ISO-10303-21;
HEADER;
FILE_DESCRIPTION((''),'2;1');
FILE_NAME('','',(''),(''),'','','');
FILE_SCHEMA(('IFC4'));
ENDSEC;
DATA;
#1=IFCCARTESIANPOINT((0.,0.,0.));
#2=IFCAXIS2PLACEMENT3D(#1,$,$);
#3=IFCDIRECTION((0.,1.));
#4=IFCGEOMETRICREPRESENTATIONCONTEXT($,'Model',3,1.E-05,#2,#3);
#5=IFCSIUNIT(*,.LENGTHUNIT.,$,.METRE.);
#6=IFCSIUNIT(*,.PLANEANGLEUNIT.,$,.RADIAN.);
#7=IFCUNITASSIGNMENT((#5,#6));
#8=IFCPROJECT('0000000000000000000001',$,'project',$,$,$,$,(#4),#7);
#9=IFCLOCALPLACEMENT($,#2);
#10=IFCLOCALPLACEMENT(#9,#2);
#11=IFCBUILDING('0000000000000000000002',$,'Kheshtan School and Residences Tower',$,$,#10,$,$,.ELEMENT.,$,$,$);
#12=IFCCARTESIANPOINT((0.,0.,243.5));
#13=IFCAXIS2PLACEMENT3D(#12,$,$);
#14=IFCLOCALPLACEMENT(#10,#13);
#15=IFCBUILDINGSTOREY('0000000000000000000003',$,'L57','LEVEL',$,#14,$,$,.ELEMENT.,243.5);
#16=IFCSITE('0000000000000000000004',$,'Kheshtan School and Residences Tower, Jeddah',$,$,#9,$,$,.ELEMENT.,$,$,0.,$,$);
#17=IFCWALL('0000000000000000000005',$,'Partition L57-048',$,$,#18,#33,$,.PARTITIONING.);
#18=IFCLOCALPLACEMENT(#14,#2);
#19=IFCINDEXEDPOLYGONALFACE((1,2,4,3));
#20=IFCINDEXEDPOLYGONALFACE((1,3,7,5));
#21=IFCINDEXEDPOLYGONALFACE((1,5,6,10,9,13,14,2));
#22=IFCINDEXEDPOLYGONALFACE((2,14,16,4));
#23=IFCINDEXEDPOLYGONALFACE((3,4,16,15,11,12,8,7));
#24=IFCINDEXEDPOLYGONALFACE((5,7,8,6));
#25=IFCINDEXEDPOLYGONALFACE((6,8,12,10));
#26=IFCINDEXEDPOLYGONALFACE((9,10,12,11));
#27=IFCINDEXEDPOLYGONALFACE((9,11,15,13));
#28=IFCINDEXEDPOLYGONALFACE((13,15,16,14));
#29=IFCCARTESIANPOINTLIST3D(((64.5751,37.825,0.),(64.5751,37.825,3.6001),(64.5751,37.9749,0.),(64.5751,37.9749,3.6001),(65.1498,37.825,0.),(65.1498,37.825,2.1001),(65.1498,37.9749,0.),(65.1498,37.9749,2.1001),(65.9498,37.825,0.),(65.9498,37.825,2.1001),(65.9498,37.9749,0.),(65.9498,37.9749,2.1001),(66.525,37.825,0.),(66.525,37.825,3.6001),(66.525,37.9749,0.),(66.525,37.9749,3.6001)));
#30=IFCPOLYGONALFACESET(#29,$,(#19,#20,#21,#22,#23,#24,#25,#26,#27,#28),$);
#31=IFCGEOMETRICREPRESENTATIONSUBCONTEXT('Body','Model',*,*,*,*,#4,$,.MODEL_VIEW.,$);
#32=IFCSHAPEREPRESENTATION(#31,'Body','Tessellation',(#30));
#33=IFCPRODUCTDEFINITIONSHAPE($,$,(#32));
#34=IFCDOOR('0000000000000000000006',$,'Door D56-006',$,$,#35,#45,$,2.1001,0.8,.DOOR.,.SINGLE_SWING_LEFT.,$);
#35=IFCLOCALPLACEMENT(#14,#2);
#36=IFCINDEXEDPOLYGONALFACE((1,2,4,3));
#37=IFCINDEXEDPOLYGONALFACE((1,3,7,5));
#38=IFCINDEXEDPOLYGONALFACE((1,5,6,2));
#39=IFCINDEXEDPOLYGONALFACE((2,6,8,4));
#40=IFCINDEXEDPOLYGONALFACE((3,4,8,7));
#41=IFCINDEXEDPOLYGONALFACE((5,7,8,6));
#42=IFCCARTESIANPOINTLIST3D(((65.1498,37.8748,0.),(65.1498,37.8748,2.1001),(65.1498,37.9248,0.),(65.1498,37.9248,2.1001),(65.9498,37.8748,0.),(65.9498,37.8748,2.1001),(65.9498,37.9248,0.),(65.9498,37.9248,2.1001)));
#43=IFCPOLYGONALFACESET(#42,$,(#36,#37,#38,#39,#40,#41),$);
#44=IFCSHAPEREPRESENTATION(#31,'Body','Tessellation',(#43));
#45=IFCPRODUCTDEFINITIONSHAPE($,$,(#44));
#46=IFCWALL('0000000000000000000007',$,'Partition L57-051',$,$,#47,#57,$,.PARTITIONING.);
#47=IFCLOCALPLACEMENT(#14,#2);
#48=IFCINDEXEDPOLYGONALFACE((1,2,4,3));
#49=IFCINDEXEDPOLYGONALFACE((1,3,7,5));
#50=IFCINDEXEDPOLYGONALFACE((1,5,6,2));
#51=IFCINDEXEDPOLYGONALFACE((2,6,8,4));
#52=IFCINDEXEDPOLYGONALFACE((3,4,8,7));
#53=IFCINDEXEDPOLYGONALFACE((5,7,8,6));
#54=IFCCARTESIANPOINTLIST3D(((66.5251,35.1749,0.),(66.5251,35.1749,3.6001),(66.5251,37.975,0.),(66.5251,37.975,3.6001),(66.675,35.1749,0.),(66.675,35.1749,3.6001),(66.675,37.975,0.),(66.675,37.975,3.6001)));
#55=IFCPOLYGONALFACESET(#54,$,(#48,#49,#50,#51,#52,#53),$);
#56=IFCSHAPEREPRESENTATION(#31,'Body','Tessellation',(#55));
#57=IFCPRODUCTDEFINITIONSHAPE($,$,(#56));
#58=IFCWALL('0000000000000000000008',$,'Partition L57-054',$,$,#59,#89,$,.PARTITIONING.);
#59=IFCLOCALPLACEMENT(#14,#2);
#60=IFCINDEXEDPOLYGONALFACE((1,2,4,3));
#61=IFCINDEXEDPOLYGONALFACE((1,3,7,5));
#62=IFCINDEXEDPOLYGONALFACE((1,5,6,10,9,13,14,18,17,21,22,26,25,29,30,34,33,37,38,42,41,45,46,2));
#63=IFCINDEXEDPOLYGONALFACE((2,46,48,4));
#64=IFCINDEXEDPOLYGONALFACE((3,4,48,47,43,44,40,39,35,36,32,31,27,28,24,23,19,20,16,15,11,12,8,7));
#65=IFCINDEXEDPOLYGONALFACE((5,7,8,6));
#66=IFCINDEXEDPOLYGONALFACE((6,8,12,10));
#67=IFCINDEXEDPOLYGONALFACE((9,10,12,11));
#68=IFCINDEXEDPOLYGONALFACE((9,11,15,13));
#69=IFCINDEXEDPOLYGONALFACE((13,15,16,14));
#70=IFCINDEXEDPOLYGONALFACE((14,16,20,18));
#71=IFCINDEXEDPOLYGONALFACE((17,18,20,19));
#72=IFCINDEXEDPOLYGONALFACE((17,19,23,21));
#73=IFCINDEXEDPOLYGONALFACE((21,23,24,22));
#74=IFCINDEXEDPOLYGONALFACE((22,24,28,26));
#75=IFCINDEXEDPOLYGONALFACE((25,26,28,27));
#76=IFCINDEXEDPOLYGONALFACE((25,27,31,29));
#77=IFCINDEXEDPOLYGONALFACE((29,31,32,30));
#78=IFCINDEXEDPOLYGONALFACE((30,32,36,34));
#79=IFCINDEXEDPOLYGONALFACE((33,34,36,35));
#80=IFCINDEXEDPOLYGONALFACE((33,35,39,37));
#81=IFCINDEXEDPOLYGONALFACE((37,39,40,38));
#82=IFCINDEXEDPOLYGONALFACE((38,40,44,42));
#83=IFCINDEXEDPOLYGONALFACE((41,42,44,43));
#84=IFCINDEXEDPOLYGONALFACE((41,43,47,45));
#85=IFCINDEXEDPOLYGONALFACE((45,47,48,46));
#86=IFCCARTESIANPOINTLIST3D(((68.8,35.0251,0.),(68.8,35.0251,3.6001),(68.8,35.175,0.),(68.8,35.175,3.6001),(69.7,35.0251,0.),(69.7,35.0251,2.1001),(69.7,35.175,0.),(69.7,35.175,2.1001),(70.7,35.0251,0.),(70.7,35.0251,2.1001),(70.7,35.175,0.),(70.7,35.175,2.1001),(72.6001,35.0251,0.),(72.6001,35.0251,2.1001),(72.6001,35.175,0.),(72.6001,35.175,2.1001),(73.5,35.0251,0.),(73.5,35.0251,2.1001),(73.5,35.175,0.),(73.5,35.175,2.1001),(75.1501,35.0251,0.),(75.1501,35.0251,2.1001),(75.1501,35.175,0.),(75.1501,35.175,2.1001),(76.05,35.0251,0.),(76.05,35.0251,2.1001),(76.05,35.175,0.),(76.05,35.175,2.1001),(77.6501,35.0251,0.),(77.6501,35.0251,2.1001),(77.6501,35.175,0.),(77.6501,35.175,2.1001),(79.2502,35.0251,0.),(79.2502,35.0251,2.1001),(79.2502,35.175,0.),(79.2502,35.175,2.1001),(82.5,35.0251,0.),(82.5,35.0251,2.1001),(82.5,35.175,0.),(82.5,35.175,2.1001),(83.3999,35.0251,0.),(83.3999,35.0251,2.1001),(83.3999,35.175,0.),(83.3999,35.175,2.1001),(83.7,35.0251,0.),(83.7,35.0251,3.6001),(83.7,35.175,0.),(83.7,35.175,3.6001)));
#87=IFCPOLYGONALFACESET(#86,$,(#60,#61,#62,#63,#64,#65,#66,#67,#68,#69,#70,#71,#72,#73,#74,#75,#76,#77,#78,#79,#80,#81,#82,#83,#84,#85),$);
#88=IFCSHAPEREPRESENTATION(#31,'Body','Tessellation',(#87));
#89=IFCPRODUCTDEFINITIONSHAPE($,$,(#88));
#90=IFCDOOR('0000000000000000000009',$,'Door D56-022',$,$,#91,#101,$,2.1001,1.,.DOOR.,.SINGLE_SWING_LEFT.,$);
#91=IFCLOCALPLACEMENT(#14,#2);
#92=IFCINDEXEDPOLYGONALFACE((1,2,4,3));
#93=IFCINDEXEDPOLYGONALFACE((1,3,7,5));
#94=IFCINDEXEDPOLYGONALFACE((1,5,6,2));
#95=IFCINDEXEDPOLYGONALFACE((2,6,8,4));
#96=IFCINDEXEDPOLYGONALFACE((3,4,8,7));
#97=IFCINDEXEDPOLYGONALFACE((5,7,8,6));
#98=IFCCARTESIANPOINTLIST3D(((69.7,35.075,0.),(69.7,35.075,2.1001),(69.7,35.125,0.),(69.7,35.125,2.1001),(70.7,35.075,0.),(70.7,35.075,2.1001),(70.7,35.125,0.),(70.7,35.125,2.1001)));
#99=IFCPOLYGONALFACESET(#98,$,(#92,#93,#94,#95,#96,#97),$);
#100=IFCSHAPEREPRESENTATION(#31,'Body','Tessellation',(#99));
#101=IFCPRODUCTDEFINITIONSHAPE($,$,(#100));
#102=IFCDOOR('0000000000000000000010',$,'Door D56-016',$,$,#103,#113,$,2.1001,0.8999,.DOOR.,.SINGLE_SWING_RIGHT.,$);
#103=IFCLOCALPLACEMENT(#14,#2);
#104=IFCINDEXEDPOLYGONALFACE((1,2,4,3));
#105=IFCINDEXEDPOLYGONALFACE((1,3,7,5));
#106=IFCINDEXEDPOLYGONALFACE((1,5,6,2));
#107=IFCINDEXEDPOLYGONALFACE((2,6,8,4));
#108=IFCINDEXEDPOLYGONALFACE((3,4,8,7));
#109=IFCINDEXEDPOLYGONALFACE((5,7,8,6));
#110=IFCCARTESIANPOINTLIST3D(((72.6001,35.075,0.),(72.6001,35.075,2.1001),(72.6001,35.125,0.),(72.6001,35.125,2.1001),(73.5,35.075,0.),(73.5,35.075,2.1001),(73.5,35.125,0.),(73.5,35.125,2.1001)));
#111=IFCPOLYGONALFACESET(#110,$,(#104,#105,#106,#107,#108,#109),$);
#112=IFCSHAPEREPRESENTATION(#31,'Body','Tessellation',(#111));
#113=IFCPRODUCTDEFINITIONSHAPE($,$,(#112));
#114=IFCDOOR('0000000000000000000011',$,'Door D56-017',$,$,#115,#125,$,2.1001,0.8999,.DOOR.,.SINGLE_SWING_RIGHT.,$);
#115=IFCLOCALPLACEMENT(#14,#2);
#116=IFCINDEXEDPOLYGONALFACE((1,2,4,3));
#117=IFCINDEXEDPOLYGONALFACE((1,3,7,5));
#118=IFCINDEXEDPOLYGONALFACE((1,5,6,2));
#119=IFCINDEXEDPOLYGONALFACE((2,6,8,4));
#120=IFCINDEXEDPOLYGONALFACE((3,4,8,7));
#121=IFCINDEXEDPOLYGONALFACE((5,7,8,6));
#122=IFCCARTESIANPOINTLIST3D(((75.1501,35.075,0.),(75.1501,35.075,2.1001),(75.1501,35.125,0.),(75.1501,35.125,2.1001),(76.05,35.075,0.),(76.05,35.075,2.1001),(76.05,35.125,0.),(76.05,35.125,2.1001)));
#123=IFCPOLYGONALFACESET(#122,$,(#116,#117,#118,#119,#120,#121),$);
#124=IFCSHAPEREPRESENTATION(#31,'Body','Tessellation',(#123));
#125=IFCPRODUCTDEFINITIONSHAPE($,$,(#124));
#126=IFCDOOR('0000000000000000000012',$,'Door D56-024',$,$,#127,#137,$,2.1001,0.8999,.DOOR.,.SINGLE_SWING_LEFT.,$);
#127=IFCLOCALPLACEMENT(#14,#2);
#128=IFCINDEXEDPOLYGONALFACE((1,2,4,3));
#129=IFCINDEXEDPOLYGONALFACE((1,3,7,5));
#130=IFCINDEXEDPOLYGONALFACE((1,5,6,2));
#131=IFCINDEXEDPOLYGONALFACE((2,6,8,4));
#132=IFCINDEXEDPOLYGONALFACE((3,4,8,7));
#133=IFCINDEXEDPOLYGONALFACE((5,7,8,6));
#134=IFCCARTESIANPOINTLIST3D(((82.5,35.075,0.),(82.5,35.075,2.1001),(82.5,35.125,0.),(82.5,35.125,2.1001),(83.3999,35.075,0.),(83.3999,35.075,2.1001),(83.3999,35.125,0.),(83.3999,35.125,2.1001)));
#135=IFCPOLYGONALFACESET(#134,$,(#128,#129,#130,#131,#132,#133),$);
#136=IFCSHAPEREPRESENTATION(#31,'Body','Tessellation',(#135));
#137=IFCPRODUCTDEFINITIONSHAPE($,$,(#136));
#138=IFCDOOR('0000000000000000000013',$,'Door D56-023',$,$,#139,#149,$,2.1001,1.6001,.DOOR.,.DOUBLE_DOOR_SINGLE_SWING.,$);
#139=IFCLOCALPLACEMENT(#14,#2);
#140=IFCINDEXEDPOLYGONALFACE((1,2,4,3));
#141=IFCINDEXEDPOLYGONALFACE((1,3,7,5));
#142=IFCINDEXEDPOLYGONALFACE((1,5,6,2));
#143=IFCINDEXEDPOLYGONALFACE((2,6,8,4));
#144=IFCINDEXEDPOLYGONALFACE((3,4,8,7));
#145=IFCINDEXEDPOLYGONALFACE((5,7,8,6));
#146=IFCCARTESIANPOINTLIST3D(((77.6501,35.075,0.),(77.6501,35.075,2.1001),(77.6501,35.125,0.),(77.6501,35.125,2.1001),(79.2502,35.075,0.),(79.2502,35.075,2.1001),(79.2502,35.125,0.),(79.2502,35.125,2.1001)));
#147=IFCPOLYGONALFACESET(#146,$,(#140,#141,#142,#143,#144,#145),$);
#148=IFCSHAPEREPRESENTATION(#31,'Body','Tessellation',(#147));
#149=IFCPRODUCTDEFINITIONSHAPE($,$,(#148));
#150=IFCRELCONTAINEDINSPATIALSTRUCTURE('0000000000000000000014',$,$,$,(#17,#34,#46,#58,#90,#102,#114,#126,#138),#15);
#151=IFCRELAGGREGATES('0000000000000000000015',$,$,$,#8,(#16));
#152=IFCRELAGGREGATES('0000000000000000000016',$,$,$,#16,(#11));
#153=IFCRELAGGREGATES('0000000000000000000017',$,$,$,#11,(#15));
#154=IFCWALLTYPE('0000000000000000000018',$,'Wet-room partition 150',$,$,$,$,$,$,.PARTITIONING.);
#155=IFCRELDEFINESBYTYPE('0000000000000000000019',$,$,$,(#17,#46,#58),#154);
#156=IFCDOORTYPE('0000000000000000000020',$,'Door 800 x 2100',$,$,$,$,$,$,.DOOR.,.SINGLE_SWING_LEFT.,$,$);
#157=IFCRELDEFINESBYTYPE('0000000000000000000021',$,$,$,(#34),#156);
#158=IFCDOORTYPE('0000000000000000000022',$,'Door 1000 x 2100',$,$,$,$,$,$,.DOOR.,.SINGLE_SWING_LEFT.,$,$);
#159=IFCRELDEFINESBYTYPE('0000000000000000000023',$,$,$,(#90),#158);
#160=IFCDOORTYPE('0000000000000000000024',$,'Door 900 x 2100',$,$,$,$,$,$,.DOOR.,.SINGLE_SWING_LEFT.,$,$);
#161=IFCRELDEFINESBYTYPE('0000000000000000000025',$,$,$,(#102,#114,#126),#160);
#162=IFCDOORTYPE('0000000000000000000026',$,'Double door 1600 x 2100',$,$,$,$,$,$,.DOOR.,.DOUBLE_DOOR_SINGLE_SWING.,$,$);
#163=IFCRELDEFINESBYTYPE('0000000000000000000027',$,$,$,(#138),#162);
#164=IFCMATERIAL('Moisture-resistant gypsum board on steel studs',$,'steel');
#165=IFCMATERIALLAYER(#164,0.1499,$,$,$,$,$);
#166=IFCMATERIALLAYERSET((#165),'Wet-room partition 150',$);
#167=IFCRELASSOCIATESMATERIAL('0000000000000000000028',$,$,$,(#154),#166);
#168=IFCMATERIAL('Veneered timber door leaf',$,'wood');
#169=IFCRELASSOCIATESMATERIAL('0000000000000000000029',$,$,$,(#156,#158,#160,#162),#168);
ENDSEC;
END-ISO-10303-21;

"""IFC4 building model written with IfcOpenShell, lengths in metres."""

from ifc_helpers import new_model, si_unit, direction, frame, frame_2d, origin, place, context, subcontext, project, spatial, rectangle, extrude, source, transform, mapped, material, layer, layer_set, type_object, element, fill, save


model = new_model("IFC4")

# Units and contexts
model_context = context("Model", 3, precision=1e-05, world=origin(), true_north=direction((0.0, 1.0)))
body_context = subcontext(model_context, "Body", "Model", "MODEL_VIEW")
ifc_project = project(units=[si_unit("LENGTHUNIT", "METRE"), si_unit("PLANEANGLEUNIT", "RADIAN")], contexts=[model_context])

# Site, building, storey
site_placement = place(None, origin())
site = spatial("IfcSite", under=ifc_project, at=site_placement, Name="Kheshtan School and Residences Tower, Jeddah", CompositionType="ELEMENT", RefElevation=0.0)
building_placement = place(site_placement, origin())
building = spatial("IfcBuilding", under=site, at=building_placement, Name="Kheshtan School and Residences Tower", CompositionType="ELEMENT")
storey_placement = place(building_placement, frame((0.0, 0.0, 243.5)))
storey = spatial("IfcBuildingStorey", under=building, at=storey_placement, Name="L57", Description="LEVEL", CompositionType="ELEMENT", Elevation=243.5)

# Shared definitions
ifc_material_1 = material(Name="Moisture-resistant gypsum board on steel studs", Category="steel")
ifc_layer_1 = layer(ifc_material_1, 0.1499)
ifc_layer_set_1 = layer_set([ifc_layer_1], Name="Wet-room partition 150")
wall_type_1 = type_object("IfcWallType", Name="Wet-room partition 150", PredefinedType="PARTITIONING", material=ifc_layer_set_1)

# Wall, opening, door
wall_1_placement = place(storey_placement, frame((64.575, 37.8999, 0.0), z_axis=(0.0, 0.0, 1.0), x_axis=(1.0, 0.0, 0.0)))
wall_1 = element("IfcWall", 1, at=wall_1_placement, inside=storey, type_object=wall_type_1, Name="Partition L57-048", PredefinedType="PARTITIONING", context=body_context, shape_type="SweptSolid", body=[
    extrude(rectangle(XDim=1.95, YDim=0.1499, at=frame_2d((0.9751, 0.0))), origin(), (0.0, 0.0, 1.0), 3.6001),
])
opening_1_placement = place(wall_1_placement, frame((0.575, 0.0, 0.0)))
opening_1 = element("IfcOpeningElement", 2, at=opening_1_placement, cuts=wall_1, PredefinedType="OPENING", context=body_context, shape_type="SweptSolid", body=[
    extrude(rectangle(XDim=0.8, YDim=2.1001, at=frame_2d((0.3999, 1.05))), frame((0.0, 0.085, 0.0), z_axis=(0.0, -1.0, 0.0), x_axis=(1.0, 0.0, 0.0)), (0.0, 0.0, 1.0), 0.1699),
])
ifc_material_2 = material(Name="Veneered timber door leaf", Category="wood")
door_type_1 = type_object("IfcDoorType", Name="Door 800 x 2100", OperationType="SINGLE_SWING_LEFT", PredefinedType="DOOR", material=ifc_material_2)
shared_shape_1 = source(origin(), body_context, "Body", "SweptSolid", [
    extrude(rectangle(XDim=0.8, YDim=2.1001, at=frame_2d((0.3999, 1.05))), frame((0.0, 0.0249, 0.0), z_axis=(0.0, -1.0, 0.0), x_axis=(1.0, 0.0, 0.0)), (0.0, 0.0, 1.0), 0.05),
])
door_1_placement = place(opening_1_placement, origin())
door_1 = element("IfcDoor", 3, at=door_1_placement, inside=storey, type_object=door_type_1, Name="Door D56-006", OperationType="SINGLE_SWING_LEFT", OverallHeight=2.1001, OverallWidth=0.8, PredefinedType="DOOR", context=body_context, shape_type="MappedRepresentation", body=[
    mapped(shared_shape_1, transform((0.0, 0.0, 0.0), x_axis=(1.0, 0.0, 0.0), y_axis=(0.0, 1.0, 0.0), z_axis=(0.0, 0.0, 1.0), scale=1.0)),
])
fill(opening_1, door_1)

# Wall
wall_2_placement = place(storey_placement, frame((66.6001, 35.175, 0.0), z_axis=(0.0, 0.0, 1.0), x_axis=(0.0, 1.0, 0.0)))
element("IfcWall", 4, at=wall_2_placement, inside=storey, type_object=wall_type_1, Name="Partition L57-051", PredefinedType="PARTITIONING", context=body_context, shape_type="SweptSolid", body=[
    extrude(rectangle(XDim=2.8, YDim=0.1499, at=frame_2d((1.3999, 0.0))), origin(), (0.0, 0.0, 1.0), 3.6001),
])

# Wall, openings, doors
wall_3_placement = place(storey_placement, frame((68.8, 35.1001, 0.0), z_axis=(0.0, 0.0, 1.0), x_axis=(1.0, 0.0, 0.0)))
wall_3 = element("IfcWall", 5, at=wall_3_placement, inside=storey, type_object=wall_type_1, Name="Partition L57-054", PredefinedType="PARTITIONING", context=body_context, shape_type="SweptSolid", body=[
    extrude(rectangle(XDim=14.8999, YDim=0.1499, at=frame_2d((7.45, 0.0))), origin(), (0.0, 0.0, 1.0), 3.6001),
])
opening_2_placement = place(wall_3_placement, frame((3.8, 0.0, 0.0)))
opening_2 = element("IfcOpeningElement", 6, at=opening_2_placement, cuts=wall_3, PredefinedType="OPENING", context=body_context, shape_type="SweptSolid", body=[
    extrude(rectangle(XDim=0.8999, YDim=2.1001, at=frame_2d((0.45, 1.05))), frame((0.0, 0.085, 0.0), z_axis=(0.0, -1.0, 0.0), x_axis=(1.0, 0.0, 0.0)), (0.0, 0.0, 1.0), 0.1699),
])
opening_3_placement = place(wall_3_placement, frame((6.3501, 0.0, 0.0)))
opening_3 = element("IfcOpeningElement", 7, at=opening_3_placement, cuts=wall_3, PredefinedType="OPENING", context=body_context, shape_type="SweptSolid", body=[
    extrude(rectangle(XDim=0.8999, YDim=2.1001, at=frame_2d((0.45, 1.05))), frame((0.0, 0.085, 0.0), z_axis=(0.0, -1.0, 0.0), x_axis=(1.0, 0.0, 0.0)), (0.0, 0.0, 1.0), 0.1699),
])
opening_4_placement = place(wall_3_placement, frame((0.8999, 0.0, 0.0)))
opening_4 = element("IfcOpeningElement", 8, at=opening_4_placement, cuts=wall_3, PredefinedType="OPENING", context=body_context, shape_type="SweptSolid", body=[
    extrude(rectangle(XDim=1.0, YDim=2.1001, at=frame_2d((0.5, 1.05))), frame((0.0, 0.085, 0.0), z_axis=(0.0, -1.0, 0.0), x_axis=(1.0, 0.0, 0.0)), (0.0, 0.0, 1.0), 0.1699),
])
opening_5_placement = place(wall_3_placement, frame((8.8501, 0.0, 0.0)))
opening_5 = element("IfcOpeningElement", 9, at=opening_5_placement, cuts=wall_3, PredefinedType="OPENING", context=body_context, shape_type="SweptSolid", body=[
    extrude(rectangle(XDim=1.6001, YDim=2.1001, at=frame_2d((0.8, 1.05))), frame((0.0, 0.085, 0.0), z_axis=(0.0, -1.0, 0.0), x_axis=(1.0, 0.0, 0.0)), (0.0, 0.0, 1.0), 0.1699),
])
opening_6_placement = place(wall_3_placement, frame((13.7, 0.0, 0.0)))
opening_6 = element("IfcOpeningElement", 10, at=opening_6_placement, cuts=wall_3, PredefinedType="OPENING", context=body_context, shape_type="SweptSolid", body=[
    extrude(rectangle(XDim=0.8999, YDim=2.1001, at=frame_2d((0.45, 1.05))), frame((0.0, 0.085, 0.0), z_axis=(0.0, -1.0, 0.0), x_axis=(1.0, 0.0, 0.0)), (0.0, 0.0, 1.0), 0.1699),
])
door_type_2 = type_object("IfcDoorType", Name="Door 1000 x 2100", OperationType="SINGLE_SWING_LEFT", PredefinedType="DOOR", material=ifc_material_2)
shared_shape_2 = source(origin(), body_context, "Body", "SweptSolid", [
    extrude(rectangle(XDim=1.0, YDim=2.1001, at=frame_2d((0.5, 1.05))), frame((0.0, 0.0249, 0.0), z_axis=(0.0, -1.0, 0.0), x_axis=(1.0, 0.0, 0.0)), (0.0, 0.0, 1.0), 0.05),
])
door_2_placement = place(opening_4_placement, origin())
door_2 = element("IfcDoor", 11, at=door_2_placement, inside=storey, type_object=door_type_2, Name="Door D56-022", OperationType="SINGLE_SWING_LEFT", OverallHeight=2.1001, OverallWidth=1.0, PredefinedType="DOOR", context=body_context, shape_type="MappedRepresentation", body=[
    mapped(shared_shape_2, transform((0.0, 0.0, 0.0), x_axis=(1.0, 0.0, 0.0), y_axis=(0.0, 1.0, 0.0), z_axis=(0.0, 0.0, 1.0), scale=1.0)),
])
fill(opening_4, door_2)
door_type_3 = type_object("IfcDoorType", Name="Door 900 x 2100", OperationType="SINGLE_SWING_LEFT", PredefinedType="DOOR", material=ifc_material_2)
shared_shape_3 = source(origin(), body_context, "Body", "SweptSolid", [
    extrude(rectangle(XDim=0.8999, YDim=2.1001, at=frame_2d((0.45, 1.05))), frame((0.0, 0.0249, 0.0), z_axis=(0.0, -1.0, 0.0), x_axis=(1.0, 0.0, 0.0)), (0.0, 0.0, 1.0), 0.05),
])
door_3_placement = place(opening_2_placement, origin())
door_3 = element("IfcDoor", 12, at=door_3_placement, inside=storey, type_object=door_type_3, Name="Door D56-016", OperationType="SINGLE_SWING_RIGHT", OverallHeight=2.1001, OverallWidth=0.8999, PredefinedType="DOOR", context=body_context, shape_type="MappedRepresentation", body=[
    mapped(shared_shape_3, transform((0.0, 0.0, 0.0), x_axis=(1.0, 0.0, 0.0), y_axis=(0.0, 1.0, 0.0), z_axis=(0.0, 0.0, 1.0), scale=1.0)),
])
fill(opening_2, door_3)
door_4_placement = place(opening_3_placement, origin())
door_4 = element("IfcDoor", 13, at=door_4_placement, inside=storey, type_object=door_type_3, Name="Door D56-017", OperationType="SINGLE_SWING_RIGHT", OverallHeight=2.1001, OverallWidth=0.8999, PredefinedType="DOOR", context=body_context, shape_type="MappedRepresentation", body=[
    mapped(shared_shape_3, transform((0.0, 0.0, 0.0), x_axis=(1.0, 0.0, 0.0), y_axis=(0.0, 1.0, 0.0), z_axis=(0.0, 0.0, 1.0), scale=1.0)),
])
fill(opening_3, door_4)
door_5_placement = place(opening_6_placement, origin())
door_5 = element("IfcDoor", 14, at=door_5_placement, inside=storey, type_object=door_type_3, Name="Door D56-024", OperationType="SINGLE_SWING_LEFT", OverallHeight=2.1001, OverallWidth=0.8999, PredefinedType="DOOR", context=body_context, shape_type="MappedRepresentation", body=[
    mapped(shared_shape_3, transform((0.0, 0.0, 0.0), x_axis=(1.0, 0.0, 0.0), y_axis=(0.0, 1.0, 0.0), z_axis=(0.0, 0.0, 1.0), scale=1.0)),
])
fill(opening_6, door_5)
door_type_4 = type_object("IfcDoorType", Name="Double door 1600 x 2100", OperationType="DOUBLE_DOOR_SINGLE_SWING", PredefinedType="DOOR", material=ifc_material_2)
shared_shape_4 = source(origin(), body_context, "Body", "SweptSolid", [
    extrude(rectangle(XDim=1.6001, YDim=2.1001, at=frame_2d((0.8, 1.05))), frame((0.0, 0.0249, 0.0), z_axis=(0.0, -1.0, 0.0), x_axis=(1.0, 0.0, 0.0)), (0.0, 0.0, 1.0), 0.05),
])
door_6_placement = place(opening_5_placement, origin())
door_6 = element("IfcDoor", 15, at=door_6_placement, inside=storey, type_object=door_type_4, Name="Door D56-023", OperationType="DOUBLE_DOOR_SINGLE_SWING", OverallHeight=2.1001, OverallWidth=1.6001, PredefinedType="DOOR", context=body_context, shape_type="MappedRepresentation", body=[
    mapped(shared_shape_4, transform((0.0, 0.0, 0.0), x_axis=(1.0, 0.0, 0.0), y_axis=(0.0, 1.0, 0.0), z_axis=(0.0, 0.0, 1.0), scale=1.0)),
])
fill(opening_5, door_6)

save(model, "model.ifc")
